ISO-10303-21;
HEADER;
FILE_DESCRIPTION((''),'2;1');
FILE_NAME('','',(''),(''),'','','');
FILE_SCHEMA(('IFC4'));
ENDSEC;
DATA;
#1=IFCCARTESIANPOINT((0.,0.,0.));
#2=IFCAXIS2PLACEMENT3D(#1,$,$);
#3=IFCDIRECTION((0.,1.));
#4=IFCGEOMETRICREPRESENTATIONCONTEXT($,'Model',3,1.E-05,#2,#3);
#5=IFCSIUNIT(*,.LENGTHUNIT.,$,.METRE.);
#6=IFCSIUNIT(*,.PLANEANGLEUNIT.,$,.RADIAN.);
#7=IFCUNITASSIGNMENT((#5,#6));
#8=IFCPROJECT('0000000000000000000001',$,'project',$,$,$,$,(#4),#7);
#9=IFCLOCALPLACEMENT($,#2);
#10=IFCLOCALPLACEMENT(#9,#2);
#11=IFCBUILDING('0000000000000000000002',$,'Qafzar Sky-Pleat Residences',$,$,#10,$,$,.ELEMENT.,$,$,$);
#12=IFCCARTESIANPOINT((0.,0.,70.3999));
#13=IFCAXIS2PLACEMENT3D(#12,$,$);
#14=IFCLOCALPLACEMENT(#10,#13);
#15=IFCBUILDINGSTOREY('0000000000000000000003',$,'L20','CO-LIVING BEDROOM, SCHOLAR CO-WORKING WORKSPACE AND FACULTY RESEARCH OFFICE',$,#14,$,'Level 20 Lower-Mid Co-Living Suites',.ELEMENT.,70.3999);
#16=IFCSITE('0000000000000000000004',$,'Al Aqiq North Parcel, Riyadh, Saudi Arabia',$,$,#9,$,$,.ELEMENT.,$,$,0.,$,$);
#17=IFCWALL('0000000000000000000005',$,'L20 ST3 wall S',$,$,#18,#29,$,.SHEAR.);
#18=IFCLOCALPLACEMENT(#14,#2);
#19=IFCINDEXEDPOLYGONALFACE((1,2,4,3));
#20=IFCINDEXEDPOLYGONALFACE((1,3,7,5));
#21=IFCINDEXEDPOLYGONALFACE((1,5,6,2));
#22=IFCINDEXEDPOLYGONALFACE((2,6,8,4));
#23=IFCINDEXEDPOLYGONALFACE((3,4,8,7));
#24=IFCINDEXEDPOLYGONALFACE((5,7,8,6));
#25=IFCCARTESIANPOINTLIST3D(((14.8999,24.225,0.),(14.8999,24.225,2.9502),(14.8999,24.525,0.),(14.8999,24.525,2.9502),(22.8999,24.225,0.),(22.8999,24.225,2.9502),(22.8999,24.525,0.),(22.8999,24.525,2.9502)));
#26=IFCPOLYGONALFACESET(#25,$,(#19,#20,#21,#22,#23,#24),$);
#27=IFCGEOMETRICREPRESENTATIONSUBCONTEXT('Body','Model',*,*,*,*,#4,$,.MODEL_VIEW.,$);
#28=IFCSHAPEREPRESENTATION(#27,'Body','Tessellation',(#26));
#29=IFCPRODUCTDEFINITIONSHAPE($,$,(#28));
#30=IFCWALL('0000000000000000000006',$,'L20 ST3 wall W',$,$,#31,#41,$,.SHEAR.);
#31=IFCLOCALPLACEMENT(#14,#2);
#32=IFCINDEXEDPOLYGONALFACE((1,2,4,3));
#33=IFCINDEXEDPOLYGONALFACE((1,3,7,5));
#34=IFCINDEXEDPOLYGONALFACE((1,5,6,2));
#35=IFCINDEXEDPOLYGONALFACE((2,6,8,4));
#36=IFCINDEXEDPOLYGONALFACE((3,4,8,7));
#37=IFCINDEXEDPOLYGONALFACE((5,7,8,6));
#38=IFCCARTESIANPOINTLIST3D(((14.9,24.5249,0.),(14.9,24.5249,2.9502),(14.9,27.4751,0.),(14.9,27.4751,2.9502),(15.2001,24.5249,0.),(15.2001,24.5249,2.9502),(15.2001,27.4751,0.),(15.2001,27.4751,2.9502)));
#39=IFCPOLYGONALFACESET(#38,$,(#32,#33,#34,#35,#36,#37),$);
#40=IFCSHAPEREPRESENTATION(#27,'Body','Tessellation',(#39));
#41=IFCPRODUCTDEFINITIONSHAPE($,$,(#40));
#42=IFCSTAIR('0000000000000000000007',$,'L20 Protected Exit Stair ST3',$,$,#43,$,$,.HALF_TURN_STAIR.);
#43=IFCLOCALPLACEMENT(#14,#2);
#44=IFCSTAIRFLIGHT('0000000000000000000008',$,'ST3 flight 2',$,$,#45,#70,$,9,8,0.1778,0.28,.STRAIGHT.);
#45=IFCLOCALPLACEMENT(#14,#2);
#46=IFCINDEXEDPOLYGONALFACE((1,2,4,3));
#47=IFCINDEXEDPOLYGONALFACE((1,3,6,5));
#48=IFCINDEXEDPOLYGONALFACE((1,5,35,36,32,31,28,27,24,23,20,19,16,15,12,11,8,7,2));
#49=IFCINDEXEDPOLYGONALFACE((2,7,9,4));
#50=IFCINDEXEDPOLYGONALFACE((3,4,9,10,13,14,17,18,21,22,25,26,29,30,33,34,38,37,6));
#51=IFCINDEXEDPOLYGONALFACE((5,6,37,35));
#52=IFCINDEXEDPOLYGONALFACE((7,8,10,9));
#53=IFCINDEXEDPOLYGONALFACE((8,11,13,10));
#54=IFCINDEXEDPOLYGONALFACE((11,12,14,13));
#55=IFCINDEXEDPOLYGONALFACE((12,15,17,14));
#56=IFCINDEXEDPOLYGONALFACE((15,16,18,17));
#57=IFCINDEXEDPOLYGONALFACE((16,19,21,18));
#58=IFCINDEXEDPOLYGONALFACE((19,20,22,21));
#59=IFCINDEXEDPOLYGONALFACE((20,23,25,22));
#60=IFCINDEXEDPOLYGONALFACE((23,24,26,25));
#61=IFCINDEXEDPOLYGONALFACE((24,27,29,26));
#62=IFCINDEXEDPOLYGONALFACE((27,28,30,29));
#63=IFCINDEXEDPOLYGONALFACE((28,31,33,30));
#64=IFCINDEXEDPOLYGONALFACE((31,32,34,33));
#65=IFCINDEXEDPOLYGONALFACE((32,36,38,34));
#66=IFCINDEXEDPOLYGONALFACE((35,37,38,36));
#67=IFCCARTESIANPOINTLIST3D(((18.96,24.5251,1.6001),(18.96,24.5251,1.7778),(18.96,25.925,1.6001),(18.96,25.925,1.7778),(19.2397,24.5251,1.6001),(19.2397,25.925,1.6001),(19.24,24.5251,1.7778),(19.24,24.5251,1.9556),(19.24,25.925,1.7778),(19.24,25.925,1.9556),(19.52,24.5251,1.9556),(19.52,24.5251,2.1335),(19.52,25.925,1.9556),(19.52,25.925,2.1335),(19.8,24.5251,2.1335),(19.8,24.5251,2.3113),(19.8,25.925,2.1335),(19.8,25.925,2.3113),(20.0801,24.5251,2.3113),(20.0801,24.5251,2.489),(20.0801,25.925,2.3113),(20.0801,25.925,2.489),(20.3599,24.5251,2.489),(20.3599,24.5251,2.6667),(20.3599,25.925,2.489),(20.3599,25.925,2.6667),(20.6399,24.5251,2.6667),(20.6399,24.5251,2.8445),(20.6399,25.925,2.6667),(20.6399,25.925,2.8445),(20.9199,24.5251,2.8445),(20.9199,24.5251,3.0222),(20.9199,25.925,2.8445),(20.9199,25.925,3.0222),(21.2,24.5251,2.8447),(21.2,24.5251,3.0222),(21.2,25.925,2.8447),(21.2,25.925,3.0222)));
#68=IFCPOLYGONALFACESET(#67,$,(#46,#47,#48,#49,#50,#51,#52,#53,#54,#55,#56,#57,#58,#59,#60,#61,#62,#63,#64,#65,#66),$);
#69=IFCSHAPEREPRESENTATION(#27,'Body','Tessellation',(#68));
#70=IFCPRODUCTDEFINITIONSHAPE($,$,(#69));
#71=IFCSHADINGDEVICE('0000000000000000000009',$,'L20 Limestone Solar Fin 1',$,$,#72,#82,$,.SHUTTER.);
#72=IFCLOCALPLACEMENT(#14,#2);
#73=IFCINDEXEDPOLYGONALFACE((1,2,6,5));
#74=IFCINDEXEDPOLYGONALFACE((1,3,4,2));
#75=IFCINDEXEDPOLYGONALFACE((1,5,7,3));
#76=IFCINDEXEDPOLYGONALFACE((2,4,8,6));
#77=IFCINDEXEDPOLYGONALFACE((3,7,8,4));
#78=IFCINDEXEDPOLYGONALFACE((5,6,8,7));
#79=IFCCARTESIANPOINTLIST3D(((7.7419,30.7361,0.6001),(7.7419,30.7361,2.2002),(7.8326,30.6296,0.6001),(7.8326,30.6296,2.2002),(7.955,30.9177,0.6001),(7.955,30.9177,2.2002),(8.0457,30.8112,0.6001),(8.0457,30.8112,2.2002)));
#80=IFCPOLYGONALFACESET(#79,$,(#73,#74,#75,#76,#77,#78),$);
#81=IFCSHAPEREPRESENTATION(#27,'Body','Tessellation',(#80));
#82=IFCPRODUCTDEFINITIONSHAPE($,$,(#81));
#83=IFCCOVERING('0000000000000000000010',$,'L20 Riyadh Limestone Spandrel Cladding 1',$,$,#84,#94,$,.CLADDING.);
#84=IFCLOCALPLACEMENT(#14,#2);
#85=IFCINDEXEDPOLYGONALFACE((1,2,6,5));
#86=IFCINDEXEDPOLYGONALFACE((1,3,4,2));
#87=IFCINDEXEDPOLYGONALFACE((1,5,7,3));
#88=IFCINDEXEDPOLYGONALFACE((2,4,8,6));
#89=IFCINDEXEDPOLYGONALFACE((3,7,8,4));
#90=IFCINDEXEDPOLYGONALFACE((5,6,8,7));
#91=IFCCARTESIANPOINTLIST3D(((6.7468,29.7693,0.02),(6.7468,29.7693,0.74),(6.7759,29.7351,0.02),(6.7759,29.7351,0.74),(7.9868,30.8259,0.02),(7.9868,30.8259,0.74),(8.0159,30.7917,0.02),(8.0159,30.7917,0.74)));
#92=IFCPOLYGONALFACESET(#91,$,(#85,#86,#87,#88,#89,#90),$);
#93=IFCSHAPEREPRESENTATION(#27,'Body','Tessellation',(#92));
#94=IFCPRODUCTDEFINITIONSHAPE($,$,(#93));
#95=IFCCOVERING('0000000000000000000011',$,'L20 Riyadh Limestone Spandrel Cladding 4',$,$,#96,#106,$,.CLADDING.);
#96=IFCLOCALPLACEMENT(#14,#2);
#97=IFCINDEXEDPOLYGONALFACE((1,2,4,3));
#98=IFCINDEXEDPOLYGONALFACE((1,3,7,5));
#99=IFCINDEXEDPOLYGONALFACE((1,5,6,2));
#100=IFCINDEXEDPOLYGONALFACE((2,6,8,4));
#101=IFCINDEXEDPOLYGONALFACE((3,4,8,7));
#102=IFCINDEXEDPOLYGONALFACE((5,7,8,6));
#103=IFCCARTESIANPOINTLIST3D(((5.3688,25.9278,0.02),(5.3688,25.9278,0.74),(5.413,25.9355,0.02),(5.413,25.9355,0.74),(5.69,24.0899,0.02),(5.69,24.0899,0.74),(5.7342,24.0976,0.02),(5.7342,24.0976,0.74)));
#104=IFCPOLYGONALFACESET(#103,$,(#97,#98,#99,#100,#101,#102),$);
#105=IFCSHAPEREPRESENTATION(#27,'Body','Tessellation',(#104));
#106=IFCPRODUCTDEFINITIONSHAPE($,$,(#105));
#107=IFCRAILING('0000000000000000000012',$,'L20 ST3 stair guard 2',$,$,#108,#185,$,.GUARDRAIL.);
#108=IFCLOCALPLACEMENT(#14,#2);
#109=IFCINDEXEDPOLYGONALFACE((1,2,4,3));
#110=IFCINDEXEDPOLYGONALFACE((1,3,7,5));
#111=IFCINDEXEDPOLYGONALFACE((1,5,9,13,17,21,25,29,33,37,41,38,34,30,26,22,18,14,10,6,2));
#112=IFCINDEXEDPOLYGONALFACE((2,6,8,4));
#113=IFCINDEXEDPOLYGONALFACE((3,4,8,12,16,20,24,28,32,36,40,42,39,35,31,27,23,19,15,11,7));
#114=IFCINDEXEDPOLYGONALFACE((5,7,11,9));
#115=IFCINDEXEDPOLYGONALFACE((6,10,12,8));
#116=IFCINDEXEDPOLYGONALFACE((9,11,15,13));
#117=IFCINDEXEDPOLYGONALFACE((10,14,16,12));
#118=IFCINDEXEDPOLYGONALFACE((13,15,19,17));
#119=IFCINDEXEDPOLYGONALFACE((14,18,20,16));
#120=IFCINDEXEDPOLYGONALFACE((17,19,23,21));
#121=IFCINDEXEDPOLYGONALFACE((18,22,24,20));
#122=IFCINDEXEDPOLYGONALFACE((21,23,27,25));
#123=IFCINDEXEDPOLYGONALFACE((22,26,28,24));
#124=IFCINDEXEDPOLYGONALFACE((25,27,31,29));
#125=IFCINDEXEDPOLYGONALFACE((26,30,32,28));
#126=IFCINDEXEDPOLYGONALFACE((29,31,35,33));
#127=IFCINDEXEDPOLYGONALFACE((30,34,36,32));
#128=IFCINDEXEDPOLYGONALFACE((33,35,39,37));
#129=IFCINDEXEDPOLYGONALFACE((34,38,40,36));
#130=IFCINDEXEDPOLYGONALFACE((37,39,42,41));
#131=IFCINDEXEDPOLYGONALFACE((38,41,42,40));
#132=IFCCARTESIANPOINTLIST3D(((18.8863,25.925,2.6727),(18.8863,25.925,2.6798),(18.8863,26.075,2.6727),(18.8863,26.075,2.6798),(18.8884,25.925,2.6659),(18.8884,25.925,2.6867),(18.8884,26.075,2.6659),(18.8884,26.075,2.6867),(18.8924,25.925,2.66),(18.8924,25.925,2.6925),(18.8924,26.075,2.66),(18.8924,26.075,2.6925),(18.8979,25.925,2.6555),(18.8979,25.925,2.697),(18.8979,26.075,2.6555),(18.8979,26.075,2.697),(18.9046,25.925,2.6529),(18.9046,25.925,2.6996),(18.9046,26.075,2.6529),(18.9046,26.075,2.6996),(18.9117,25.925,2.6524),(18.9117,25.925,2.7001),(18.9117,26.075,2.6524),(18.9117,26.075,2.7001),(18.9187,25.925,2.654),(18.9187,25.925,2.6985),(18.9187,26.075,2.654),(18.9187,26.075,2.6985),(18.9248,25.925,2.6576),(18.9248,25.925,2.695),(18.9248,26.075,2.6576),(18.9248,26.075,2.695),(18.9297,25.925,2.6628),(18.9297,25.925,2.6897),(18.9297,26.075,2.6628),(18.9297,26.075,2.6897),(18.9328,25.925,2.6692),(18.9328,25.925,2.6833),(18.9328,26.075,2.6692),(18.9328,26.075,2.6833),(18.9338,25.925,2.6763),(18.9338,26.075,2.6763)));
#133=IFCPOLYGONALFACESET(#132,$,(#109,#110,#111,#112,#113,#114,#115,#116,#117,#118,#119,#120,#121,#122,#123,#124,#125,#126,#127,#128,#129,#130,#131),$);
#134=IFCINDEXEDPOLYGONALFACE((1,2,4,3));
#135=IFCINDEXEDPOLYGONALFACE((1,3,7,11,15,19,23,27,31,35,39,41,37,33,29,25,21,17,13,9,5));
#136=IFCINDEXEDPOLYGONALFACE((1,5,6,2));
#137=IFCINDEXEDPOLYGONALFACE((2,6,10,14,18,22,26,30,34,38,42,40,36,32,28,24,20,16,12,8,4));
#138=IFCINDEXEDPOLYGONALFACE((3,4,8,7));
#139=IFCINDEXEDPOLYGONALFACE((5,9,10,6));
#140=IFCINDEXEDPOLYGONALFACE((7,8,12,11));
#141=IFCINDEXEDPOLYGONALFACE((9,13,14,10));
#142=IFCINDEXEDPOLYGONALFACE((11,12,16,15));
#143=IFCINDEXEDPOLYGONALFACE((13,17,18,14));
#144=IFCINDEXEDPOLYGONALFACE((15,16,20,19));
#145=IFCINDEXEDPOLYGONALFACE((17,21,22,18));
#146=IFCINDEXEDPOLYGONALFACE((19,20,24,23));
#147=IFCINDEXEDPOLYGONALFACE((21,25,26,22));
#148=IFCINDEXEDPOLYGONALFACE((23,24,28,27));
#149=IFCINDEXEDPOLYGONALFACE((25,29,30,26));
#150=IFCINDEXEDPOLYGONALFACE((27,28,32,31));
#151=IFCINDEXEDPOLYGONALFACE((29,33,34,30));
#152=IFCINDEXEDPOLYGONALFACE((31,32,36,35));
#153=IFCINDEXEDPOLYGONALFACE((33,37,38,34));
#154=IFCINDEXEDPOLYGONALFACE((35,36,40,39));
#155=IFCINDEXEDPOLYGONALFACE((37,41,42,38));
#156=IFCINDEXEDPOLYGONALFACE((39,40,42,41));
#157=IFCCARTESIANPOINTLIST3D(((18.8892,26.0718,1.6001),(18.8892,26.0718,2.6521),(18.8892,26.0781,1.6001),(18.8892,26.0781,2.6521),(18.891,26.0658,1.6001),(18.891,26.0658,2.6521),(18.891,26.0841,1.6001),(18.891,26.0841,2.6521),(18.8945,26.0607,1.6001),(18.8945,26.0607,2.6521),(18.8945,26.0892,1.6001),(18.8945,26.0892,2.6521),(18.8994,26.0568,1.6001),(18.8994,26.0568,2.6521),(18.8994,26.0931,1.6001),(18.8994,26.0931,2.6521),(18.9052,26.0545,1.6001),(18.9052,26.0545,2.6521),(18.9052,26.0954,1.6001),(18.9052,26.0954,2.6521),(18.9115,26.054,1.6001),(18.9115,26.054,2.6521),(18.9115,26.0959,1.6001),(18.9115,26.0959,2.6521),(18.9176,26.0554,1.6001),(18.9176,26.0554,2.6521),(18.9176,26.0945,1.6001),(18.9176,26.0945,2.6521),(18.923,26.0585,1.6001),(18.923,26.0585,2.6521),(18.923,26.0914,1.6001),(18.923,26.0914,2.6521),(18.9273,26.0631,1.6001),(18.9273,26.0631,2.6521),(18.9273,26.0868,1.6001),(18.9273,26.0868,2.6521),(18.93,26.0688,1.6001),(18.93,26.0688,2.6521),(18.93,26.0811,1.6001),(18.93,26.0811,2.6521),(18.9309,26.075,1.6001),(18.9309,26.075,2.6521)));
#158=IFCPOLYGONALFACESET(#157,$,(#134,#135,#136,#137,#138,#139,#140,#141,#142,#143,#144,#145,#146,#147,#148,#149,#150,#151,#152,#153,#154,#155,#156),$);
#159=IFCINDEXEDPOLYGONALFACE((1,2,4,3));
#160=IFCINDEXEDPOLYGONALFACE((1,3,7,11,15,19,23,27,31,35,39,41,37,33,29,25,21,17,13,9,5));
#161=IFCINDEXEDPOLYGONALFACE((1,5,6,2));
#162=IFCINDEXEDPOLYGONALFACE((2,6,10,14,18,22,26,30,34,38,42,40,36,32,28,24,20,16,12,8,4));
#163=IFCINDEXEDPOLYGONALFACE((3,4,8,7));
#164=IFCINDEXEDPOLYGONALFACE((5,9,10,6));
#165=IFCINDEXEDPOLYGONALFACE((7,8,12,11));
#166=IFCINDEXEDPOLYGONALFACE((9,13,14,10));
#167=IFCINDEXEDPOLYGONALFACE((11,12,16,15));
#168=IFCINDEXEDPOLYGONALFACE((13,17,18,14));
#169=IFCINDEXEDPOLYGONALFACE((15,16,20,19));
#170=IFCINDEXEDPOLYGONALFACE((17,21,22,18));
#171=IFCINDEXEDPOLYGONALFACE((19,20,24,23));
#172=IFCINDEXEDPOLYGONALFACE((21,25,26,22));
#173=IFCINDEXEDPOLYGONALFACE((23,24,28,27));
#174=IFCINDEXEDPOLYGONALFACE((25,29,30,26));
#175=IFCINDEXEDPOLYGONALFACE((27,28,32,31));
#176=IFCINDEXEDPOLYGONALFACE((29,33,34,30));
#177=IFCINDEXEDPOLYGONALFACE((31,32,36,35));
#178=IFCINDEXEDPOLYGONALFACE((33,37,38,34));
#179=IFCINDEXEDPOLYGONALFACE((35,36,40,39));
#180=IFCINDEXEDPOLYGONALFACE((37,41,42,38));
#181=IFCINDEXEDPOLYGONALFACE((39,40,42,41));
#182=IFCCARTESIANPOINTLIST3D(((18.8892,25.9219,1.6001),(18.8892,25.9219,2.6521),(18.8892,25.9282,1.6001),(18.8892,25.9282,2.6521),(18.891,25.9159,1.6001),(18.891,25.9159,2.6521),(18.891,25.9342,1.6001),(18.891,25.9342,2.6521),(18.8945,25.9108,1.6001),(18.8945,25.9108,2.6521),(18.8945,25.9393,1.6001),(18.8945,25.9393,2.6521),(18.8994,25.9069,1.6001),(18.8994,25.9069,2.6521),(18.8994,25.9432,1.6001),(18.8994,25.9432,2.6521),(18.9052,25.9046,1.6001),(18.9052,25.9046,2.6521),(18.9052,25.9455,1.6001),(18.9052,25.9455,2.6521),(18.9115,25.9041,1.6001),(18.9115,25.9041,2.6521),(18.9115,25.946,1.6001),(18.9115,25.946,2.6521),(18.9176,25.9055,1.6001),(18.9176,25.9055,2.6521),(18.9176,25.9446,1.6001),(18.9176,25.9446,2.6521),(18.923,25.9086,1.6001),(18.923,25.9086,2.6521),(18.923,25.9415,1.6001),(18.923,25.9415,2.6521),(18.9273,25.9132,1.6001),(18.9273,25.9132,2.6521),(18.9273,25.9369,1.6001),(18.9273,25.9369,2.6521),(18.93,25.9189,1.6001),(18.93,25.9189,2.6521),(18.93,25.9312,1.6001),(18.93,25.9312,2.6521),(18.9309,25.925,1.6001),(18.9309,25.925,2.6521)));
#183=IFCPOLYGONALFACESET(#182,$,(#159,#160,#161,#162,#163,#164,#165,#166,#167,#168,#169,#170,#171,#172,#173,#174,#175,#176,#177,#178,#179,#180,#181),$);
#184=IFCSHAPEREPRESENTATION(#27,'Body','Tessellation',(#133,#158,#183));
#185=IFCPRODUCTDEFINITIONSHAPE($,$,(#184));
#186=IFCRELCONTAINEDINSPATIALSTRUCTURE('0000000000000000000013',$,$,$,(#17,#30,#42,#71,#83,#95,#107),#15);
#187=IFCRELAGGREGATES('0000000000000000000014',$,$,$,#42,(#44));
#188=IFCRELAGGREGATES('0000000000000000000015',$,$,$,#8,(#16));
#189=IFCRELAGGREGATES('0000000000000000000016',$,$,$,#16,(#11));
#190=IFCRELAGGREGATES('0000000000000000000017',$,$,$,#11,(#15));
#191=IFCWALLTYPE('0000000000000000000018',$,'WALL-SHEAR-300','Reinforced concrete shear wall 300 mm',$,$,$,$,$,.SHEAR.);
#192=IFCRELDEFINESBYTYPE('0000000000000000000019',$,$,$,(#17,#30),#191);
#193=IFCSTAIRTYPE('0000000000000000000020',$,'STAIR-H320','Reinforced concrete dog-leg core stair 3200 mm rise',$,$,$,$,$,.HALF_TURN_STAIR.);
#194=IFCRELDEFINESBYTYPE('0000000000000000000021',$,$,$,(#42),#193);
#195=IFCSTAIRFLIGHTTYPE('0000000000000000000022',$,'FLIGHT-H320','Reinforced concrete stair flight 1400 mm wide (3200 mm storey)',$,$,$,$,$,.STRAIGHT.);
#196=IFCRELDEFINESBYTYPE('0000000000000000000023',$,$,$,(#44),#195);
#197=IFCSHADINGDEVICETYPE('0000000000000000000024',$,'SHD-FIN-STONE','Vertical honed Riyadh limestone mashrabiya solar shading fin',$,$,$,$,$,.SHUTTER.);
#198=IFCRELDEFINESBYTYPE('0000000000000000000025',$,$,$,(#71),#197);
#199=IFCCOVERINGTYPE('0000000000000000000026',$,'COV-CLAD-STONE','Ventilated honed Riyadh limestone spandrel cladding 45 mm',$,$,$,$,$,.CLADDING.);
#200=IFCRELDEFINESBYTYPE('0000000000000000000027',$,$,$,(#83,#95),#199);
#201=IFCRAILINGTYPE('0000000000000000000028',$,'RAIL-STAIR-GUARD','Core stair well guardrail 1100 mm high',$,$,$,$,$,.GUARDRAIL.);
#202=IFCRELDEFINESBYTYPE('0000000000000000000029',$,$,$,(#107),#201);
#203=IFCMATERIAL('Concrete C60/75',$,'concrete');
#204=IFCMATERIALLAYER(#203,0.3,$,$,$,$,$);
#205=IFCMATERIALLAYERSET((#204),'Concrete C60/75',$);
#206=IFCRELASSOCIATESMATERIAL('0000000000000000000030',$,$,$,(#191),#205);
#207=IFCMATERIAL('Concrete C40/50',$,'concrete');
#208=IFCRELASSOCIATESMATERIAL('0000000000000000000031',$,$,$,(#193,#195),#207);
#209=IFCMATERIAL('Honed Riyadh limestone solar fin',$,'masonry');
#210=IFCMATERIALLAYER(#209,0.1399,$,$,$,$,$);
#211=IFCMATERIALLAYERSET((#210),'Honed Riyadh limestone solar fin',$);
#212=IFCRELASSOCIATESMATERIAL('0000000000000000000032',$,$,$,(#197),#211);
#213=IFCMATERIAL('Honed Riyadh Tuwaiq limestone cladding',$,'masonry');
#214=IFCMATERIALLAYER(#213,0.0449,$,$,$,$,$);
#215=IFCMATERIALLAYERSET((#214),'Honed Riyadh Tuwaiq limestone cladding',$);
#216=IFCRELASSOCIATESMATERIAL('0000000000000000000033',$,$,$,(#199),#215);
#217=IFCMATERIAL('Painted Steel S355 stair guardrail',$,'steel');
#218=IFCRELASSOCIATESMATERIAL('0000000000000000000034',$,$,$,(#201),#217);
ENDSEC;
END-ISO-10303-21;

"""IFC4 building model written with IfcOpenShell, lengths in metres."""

from ifc_helpers import new_model, si_unit, direction, frame, frame_2d, origin, origin_2d, place, context, subcontext, project, spatial, polyline, rectangle, circle, outline, extrude, source, transform, mapped, material, layer, layer_set, type_object, element, aggregate, save


model = new_model("IFC4")

# Units and contexts
model_context = context("Model", 3, precision=1e-05, world=origin(), true_north=direction((0.0, 1.0)))
body_context = subcontext(model_context, "Body", "Model", "MODEL_VIEW")
ifc_project = project(units=[si_unit("LENGTHUNIT", "METRE"), si_unit("PLANEANGLEUNIT", "RADIAN")], contexts=[model_context])

# Site, building, storey
site_placement = place(None, origin())
site = spatial("IfcSite", under=ifc_project, at=site_placement, Name="Al Aqiq North Parcel, Riyadh, Saudi Arabia", CompositionType="ELEMENT", RefElevation=0.0)
building_placement = place(site_placement, origin())
building = spatial("IfcBuilding", under=site, at=building_placement, Name="Qafzar Sky-Pleat Residences", CompositionType="ELEMENT")
storey_placement = place(building_placement, frame((0.0, 0.0, 70.3999)))
storey = spatial("IfcBuildingStorey", under=building, at=storey_placement, Name="L20", Description="CO-LIVING BEDROOM, SCHOLAR CO-WORKING WORKSPACE AND FACULTY RESEARCH OFFICE", LongName="Level 20 Lower-Mid Co-Living Suites", CompositionType="ELEMENT", Elevation=70.3999)

# Shared definitions
ifc_material_1 = material(Name="Concrete C60/75", Category="concrete")

# Walls
ifc_layer_1 = layer(ifc_material_1, 0.3)
ifc_layer_set_1 = layer_set([ifc_layer_1], Name="Concrete C60/75")
wall_type_1 = type_object("IfcWallType", Name="WALL-SHEAR-300", Description="Reinforced concrete shear wall 300 mm", PredefinedType="SHEAR", material=ifc_layer_set_1)
wall_1_placement = place(storey_placement, frame((14.8999, 24.375, 0.0), z_axis=(0.0, 0.0, 1.0), x_axis=(1.0, 0.0, 0.0)))
element("IfcWall", 1, at=wall_1_placement, inside=storey, type_object=wall_type_1, Name="L20 ST3 wall S", PredefinedType="SHEAR", context=body_context, shape_type="SweptSolid", body=[
    extrude(rectangle(XDim=8.0, YDim=0.3, at=frame_2d((4.0, 0.0))), origin(), (0.0, 0.0, 1.0), 2.9502),
])
wall_2_placement = place(storey_placement, frame((15.05, 27.4751, 0.0), z_axis=(0.0, 0.0, 1.0), x_axis=(0.0, -1.0, 0.0)))
element("IfcWall", 2, at=wall_2_placement, inside=storey, type_object=wall_type_1, Name="L20 ST3 wall W", PredefinedType="SHEAR", context=body_context, shape_type="SweptSolid", body=[
    extrude(rectangle(XDim=2.9502, YDim=0.3, at=frame_2d((1.4751, 0.0))), origin(), (0.0, 0.0, 1.0), 2.9502),
])

# Stair, stair flight
ifc_material_2 = material(Name="Concrete C40/50", Category="concrete")
stair_type = type_object("IfcStairType", Name="STAIR-H320", Description="Reinforced concrete dog-leg core stair 3200 mm rise", PredefinedType="HALF_TURN_STAIR", material=ifc_material_2)
stair_placement = place(storey_placement, origin())
stair = element("IfcStair", 3, at=stair_placement, inside=storey, type_object=stair_type, Name="L20 Protected Exit Stair ST3", PredefinedType="HALF_TURN_STAIR")
stair_flight_type = type_object("IfcStairFlightType", Name="FLIGHT-H320", Description="Reinforced concrete stair flight 1400 mm wide (3200 mm storey)", PredefinedType="STRAIGHT", material=ifc_material_2)
shared_shape_1 = source(origin(), body_context, "Body", "SweptSolid", [
    extrude(outline(polyline([(0.0, 0.0), (0.0, 0.1777), (0.28, 0.1777), (0.28, 0.3555), (0.5601, 0.3555), (0.5601, 0.5334), (0.8401, 0.5334), (0.8401, 0.7112), (1.1201, 0.7112), (1.1201, 0.8889), (1.3999, 0.8889), (1.3999, 1.0667), (1.6799, 1.0667), (1.6799, 1.2444), (1.96, 1.2444), (1.96, 1.4221), (2.24, 1.4221), (2.24, 1.6001), (2.24, 1.2446), (0.2798, 0.0), (0.0, 0.0)])), frame((0.0, 0.7, 0.0), z_axis=(0.0, -1.0, 0.0), x_axis=(1.0, 0.0, 0.0)), (0.0, 0.0, 1.0), 1.3999),
])
stair_flight_placement = place(storey_placement, frame((18.96, 25.2251, 1.6001), z_axis=(0.0, 0.0, 1.0), x_axis=(1.0, 0.0, 0.0)))
stair_flight = element("IfcStairFlight", 4, at=stair_flight_placement, type_object=stair_flight_type, Name="ST3 flight 2", NumberOfRisers=9, NumberOfTreads=8, PredefinedType="STRAIGHT", RiserHeight=0.1778, TreadLength=0.28, context=body_context, shape_type="MappedRepresentation", body=[
    mapped(shared_shape_1, transform((0.0, 0.0, 0.0), x_axis=(1.0, 0.0, 0.0), y_axis=(0.0, 1.0, 0.0), z_axis=(0.0, 0.0, 1.0), scale=1.0)),
])
aggregate(stair, [stair_flight])

# Shading device
ifc_material_3 = material(Name="Honed Riyadh limestone solar fin", Category="masonry")
ifc_layer_2 = layer(ifc_material_3, 0.1399)
ifc_layer_set_2 = layer_set([ifc_layer_2], Name="Honed Riyadh limestone solar fin")
shading_device_type = type_object("IfcShadingDeviceType", Name="SHD-FIN-STONE", Description="Vertical honed Riyadh limestone mashrabiya solar shading fin", PredefinedType="SHUTTER", material=ifc_layer_set_2)
shared_shape_2 = source(origin(), body_context, "Body", "SweptSolid", [
    extrude(rectangle(XDim=0.1399, YDim=0.28, at=origin_2d()), origin(), (0.0, 0.0, 1.0), 1.6001),
])
shading_device_placement = place(storey_placement, frame((7.8938, 30.7737, 0.6001), z_axis=(0.0, 0.0, 1.0), x_axis=(-0.648554, 0.761169, 0.0)))
element("IfcShadingDevice", 5, at=shading_device_placement, inside=storey, type_object=shading_device_type, Name="L20 Limestone Solar Fin 1", PredefinedType="SHUTTER", context=body_context, shape_type="MappedRepresentation", body=[
    mapped(shared_shape_2, transform((0.0, 0.0, 0.0), x_axis=(1.0, 0.0, 0.0), y_axis=(0.0, 1.0, 0.0), z_axis=(0.0, 0.0, 1.0), scale=1.0)),
])

# Coverings
ifc_material_4 = material(Name="Honed Riyadh Tuwaiq limestone cladding", Category="masonry")
ifc_layer_3 = layer(ifc_material_4, 0.0449)
ifc_layer_set_3 = layer_set([ifc_layer_3], Name="Honed Riyadh Tuwaiq limestone cladding")
covering_type = type_object("IfcCoveringType", Name="COV-CLAD-STONE", Description="Ventilated honed Riyadh limestone spandrel cladding 45 mm", PredefinedType="CLADDING", material=ifc_layer_set_3)
shared_shape_3 = source(origin(), body_context, "Body", "SweptSolid", [
    extrude(rectangle(XDim=1.6292, YDim=0.0449, at=origin_2d()), origin(), (0.0, 0.0, 1.0), 0.72),
])
covering_1_placement = place(storey_placement, frame((7.3813, 30.2805, 0.02), z_axis=(0.0, 0.0, 1.0), x_axis=(-0.76116, -0.648564, 0.0)))
element("IfcCovering", 6, at=covering_1_placement, inside=storey, type_object=covering_type, Name="L20 Riyadh Limestone Spandrel Cladding 1", PredefinedType="CLADDING", context=body_context, shape_type="MappedRepresentation", body=[
    mapped(shared_shape_3, transform((0.0, 0.0, 0.0), x_axis=(1.0, 0.0, 0.0), y_axis=(0.0, 1.0, 0.0), z_axis=(0.0, 0.0, 1.0), scale=1.0)),
])
shared_shape_4 = source(origin(), body_context, "Body", "SweptSolid", [
    extrude(rectangle(XDim=1.8657, YDim=0.0449, at=origin_2d()), origin(), (0.0, 0.0, 1.0), 0.72),
])
covering_2_placement = place(storey_placement, frame((5.5515, 25.0127, 0.02), z_axis=(0.0, 0.0, 1.0), x_axis=(0.172162, -0.985069, 0.0)))
element("IfcCovering", 7, at=covering_2_placement, inside=storey, type_object=covering_type, Name="L20 Riyadh Limestone Spandrel Cladding 4", PredefinedType="CLADDING", context=body_context, shape_type="MappedRepresentation", body=[
    mapped(shared_shape_4, transform((0.0, 0.0, 0.0), x_axis=(1.0, 0.0, 0.0), y_axis=(0.0, 1.0, 0.0), z_axis=(0.0, 0.0, 1.0), scale=1.0)),
])

# Railing
ifc_material_5 = material(Name="Painted Steel S355 stair guardrail", Category="steel")
railing_type_1 = type_object("IfcRailingType", Name="RAIL-STAIR-GUARD", Description="Core stair well guardrail 1100 mm high", PredefinedType="GUARDRAIL", material=ifc_material_5)
shared_shape_5 = source(origin(), body_context, "Body", "SweptSolid", [
    extrude(circle(Radius=0.0239, at=origin_2d()), frame((0.0, 0.0, 1.0762), z_axis=(0.0, -1.0, 0.0), x_axis=(1.0, 0.0, 0.0)), (0.0, 0.0, 1.0), 0.1499),
    extrude(circle(Radius=0.021, at=origin_2d()), origin(), (0.0, 0.0, 1.0), 1.052),
    extrude(circle(Radius=0.021, at=origin_2d()), frame((0.0, -0.1499, 0.0)), (0.0, 0.0, 1.0), 1.052),
])
railing_1_placement = place(storey_placement, frame((18.9099, 26.075, 1.6001)))
element("IfcRailing", 8, at=railing_1_placement, inside=storey, type_object=railing_type_1, Name="L20 ST3 stair guard 2", PredefinedType="GUARDRAIL", context=body_context, shape_type="MappedRepresentation", body=[
    mapped(shared_shape_5, transform((0.0, 0.0, 0.0), x_axis=(1.0, 0.0, 0.0), y_axis=(0.0, 1.0, 0.0), z_axis=(0.0, 0.0, 1.0), scale=1.0)),
])

save(model, "model.ifc")
